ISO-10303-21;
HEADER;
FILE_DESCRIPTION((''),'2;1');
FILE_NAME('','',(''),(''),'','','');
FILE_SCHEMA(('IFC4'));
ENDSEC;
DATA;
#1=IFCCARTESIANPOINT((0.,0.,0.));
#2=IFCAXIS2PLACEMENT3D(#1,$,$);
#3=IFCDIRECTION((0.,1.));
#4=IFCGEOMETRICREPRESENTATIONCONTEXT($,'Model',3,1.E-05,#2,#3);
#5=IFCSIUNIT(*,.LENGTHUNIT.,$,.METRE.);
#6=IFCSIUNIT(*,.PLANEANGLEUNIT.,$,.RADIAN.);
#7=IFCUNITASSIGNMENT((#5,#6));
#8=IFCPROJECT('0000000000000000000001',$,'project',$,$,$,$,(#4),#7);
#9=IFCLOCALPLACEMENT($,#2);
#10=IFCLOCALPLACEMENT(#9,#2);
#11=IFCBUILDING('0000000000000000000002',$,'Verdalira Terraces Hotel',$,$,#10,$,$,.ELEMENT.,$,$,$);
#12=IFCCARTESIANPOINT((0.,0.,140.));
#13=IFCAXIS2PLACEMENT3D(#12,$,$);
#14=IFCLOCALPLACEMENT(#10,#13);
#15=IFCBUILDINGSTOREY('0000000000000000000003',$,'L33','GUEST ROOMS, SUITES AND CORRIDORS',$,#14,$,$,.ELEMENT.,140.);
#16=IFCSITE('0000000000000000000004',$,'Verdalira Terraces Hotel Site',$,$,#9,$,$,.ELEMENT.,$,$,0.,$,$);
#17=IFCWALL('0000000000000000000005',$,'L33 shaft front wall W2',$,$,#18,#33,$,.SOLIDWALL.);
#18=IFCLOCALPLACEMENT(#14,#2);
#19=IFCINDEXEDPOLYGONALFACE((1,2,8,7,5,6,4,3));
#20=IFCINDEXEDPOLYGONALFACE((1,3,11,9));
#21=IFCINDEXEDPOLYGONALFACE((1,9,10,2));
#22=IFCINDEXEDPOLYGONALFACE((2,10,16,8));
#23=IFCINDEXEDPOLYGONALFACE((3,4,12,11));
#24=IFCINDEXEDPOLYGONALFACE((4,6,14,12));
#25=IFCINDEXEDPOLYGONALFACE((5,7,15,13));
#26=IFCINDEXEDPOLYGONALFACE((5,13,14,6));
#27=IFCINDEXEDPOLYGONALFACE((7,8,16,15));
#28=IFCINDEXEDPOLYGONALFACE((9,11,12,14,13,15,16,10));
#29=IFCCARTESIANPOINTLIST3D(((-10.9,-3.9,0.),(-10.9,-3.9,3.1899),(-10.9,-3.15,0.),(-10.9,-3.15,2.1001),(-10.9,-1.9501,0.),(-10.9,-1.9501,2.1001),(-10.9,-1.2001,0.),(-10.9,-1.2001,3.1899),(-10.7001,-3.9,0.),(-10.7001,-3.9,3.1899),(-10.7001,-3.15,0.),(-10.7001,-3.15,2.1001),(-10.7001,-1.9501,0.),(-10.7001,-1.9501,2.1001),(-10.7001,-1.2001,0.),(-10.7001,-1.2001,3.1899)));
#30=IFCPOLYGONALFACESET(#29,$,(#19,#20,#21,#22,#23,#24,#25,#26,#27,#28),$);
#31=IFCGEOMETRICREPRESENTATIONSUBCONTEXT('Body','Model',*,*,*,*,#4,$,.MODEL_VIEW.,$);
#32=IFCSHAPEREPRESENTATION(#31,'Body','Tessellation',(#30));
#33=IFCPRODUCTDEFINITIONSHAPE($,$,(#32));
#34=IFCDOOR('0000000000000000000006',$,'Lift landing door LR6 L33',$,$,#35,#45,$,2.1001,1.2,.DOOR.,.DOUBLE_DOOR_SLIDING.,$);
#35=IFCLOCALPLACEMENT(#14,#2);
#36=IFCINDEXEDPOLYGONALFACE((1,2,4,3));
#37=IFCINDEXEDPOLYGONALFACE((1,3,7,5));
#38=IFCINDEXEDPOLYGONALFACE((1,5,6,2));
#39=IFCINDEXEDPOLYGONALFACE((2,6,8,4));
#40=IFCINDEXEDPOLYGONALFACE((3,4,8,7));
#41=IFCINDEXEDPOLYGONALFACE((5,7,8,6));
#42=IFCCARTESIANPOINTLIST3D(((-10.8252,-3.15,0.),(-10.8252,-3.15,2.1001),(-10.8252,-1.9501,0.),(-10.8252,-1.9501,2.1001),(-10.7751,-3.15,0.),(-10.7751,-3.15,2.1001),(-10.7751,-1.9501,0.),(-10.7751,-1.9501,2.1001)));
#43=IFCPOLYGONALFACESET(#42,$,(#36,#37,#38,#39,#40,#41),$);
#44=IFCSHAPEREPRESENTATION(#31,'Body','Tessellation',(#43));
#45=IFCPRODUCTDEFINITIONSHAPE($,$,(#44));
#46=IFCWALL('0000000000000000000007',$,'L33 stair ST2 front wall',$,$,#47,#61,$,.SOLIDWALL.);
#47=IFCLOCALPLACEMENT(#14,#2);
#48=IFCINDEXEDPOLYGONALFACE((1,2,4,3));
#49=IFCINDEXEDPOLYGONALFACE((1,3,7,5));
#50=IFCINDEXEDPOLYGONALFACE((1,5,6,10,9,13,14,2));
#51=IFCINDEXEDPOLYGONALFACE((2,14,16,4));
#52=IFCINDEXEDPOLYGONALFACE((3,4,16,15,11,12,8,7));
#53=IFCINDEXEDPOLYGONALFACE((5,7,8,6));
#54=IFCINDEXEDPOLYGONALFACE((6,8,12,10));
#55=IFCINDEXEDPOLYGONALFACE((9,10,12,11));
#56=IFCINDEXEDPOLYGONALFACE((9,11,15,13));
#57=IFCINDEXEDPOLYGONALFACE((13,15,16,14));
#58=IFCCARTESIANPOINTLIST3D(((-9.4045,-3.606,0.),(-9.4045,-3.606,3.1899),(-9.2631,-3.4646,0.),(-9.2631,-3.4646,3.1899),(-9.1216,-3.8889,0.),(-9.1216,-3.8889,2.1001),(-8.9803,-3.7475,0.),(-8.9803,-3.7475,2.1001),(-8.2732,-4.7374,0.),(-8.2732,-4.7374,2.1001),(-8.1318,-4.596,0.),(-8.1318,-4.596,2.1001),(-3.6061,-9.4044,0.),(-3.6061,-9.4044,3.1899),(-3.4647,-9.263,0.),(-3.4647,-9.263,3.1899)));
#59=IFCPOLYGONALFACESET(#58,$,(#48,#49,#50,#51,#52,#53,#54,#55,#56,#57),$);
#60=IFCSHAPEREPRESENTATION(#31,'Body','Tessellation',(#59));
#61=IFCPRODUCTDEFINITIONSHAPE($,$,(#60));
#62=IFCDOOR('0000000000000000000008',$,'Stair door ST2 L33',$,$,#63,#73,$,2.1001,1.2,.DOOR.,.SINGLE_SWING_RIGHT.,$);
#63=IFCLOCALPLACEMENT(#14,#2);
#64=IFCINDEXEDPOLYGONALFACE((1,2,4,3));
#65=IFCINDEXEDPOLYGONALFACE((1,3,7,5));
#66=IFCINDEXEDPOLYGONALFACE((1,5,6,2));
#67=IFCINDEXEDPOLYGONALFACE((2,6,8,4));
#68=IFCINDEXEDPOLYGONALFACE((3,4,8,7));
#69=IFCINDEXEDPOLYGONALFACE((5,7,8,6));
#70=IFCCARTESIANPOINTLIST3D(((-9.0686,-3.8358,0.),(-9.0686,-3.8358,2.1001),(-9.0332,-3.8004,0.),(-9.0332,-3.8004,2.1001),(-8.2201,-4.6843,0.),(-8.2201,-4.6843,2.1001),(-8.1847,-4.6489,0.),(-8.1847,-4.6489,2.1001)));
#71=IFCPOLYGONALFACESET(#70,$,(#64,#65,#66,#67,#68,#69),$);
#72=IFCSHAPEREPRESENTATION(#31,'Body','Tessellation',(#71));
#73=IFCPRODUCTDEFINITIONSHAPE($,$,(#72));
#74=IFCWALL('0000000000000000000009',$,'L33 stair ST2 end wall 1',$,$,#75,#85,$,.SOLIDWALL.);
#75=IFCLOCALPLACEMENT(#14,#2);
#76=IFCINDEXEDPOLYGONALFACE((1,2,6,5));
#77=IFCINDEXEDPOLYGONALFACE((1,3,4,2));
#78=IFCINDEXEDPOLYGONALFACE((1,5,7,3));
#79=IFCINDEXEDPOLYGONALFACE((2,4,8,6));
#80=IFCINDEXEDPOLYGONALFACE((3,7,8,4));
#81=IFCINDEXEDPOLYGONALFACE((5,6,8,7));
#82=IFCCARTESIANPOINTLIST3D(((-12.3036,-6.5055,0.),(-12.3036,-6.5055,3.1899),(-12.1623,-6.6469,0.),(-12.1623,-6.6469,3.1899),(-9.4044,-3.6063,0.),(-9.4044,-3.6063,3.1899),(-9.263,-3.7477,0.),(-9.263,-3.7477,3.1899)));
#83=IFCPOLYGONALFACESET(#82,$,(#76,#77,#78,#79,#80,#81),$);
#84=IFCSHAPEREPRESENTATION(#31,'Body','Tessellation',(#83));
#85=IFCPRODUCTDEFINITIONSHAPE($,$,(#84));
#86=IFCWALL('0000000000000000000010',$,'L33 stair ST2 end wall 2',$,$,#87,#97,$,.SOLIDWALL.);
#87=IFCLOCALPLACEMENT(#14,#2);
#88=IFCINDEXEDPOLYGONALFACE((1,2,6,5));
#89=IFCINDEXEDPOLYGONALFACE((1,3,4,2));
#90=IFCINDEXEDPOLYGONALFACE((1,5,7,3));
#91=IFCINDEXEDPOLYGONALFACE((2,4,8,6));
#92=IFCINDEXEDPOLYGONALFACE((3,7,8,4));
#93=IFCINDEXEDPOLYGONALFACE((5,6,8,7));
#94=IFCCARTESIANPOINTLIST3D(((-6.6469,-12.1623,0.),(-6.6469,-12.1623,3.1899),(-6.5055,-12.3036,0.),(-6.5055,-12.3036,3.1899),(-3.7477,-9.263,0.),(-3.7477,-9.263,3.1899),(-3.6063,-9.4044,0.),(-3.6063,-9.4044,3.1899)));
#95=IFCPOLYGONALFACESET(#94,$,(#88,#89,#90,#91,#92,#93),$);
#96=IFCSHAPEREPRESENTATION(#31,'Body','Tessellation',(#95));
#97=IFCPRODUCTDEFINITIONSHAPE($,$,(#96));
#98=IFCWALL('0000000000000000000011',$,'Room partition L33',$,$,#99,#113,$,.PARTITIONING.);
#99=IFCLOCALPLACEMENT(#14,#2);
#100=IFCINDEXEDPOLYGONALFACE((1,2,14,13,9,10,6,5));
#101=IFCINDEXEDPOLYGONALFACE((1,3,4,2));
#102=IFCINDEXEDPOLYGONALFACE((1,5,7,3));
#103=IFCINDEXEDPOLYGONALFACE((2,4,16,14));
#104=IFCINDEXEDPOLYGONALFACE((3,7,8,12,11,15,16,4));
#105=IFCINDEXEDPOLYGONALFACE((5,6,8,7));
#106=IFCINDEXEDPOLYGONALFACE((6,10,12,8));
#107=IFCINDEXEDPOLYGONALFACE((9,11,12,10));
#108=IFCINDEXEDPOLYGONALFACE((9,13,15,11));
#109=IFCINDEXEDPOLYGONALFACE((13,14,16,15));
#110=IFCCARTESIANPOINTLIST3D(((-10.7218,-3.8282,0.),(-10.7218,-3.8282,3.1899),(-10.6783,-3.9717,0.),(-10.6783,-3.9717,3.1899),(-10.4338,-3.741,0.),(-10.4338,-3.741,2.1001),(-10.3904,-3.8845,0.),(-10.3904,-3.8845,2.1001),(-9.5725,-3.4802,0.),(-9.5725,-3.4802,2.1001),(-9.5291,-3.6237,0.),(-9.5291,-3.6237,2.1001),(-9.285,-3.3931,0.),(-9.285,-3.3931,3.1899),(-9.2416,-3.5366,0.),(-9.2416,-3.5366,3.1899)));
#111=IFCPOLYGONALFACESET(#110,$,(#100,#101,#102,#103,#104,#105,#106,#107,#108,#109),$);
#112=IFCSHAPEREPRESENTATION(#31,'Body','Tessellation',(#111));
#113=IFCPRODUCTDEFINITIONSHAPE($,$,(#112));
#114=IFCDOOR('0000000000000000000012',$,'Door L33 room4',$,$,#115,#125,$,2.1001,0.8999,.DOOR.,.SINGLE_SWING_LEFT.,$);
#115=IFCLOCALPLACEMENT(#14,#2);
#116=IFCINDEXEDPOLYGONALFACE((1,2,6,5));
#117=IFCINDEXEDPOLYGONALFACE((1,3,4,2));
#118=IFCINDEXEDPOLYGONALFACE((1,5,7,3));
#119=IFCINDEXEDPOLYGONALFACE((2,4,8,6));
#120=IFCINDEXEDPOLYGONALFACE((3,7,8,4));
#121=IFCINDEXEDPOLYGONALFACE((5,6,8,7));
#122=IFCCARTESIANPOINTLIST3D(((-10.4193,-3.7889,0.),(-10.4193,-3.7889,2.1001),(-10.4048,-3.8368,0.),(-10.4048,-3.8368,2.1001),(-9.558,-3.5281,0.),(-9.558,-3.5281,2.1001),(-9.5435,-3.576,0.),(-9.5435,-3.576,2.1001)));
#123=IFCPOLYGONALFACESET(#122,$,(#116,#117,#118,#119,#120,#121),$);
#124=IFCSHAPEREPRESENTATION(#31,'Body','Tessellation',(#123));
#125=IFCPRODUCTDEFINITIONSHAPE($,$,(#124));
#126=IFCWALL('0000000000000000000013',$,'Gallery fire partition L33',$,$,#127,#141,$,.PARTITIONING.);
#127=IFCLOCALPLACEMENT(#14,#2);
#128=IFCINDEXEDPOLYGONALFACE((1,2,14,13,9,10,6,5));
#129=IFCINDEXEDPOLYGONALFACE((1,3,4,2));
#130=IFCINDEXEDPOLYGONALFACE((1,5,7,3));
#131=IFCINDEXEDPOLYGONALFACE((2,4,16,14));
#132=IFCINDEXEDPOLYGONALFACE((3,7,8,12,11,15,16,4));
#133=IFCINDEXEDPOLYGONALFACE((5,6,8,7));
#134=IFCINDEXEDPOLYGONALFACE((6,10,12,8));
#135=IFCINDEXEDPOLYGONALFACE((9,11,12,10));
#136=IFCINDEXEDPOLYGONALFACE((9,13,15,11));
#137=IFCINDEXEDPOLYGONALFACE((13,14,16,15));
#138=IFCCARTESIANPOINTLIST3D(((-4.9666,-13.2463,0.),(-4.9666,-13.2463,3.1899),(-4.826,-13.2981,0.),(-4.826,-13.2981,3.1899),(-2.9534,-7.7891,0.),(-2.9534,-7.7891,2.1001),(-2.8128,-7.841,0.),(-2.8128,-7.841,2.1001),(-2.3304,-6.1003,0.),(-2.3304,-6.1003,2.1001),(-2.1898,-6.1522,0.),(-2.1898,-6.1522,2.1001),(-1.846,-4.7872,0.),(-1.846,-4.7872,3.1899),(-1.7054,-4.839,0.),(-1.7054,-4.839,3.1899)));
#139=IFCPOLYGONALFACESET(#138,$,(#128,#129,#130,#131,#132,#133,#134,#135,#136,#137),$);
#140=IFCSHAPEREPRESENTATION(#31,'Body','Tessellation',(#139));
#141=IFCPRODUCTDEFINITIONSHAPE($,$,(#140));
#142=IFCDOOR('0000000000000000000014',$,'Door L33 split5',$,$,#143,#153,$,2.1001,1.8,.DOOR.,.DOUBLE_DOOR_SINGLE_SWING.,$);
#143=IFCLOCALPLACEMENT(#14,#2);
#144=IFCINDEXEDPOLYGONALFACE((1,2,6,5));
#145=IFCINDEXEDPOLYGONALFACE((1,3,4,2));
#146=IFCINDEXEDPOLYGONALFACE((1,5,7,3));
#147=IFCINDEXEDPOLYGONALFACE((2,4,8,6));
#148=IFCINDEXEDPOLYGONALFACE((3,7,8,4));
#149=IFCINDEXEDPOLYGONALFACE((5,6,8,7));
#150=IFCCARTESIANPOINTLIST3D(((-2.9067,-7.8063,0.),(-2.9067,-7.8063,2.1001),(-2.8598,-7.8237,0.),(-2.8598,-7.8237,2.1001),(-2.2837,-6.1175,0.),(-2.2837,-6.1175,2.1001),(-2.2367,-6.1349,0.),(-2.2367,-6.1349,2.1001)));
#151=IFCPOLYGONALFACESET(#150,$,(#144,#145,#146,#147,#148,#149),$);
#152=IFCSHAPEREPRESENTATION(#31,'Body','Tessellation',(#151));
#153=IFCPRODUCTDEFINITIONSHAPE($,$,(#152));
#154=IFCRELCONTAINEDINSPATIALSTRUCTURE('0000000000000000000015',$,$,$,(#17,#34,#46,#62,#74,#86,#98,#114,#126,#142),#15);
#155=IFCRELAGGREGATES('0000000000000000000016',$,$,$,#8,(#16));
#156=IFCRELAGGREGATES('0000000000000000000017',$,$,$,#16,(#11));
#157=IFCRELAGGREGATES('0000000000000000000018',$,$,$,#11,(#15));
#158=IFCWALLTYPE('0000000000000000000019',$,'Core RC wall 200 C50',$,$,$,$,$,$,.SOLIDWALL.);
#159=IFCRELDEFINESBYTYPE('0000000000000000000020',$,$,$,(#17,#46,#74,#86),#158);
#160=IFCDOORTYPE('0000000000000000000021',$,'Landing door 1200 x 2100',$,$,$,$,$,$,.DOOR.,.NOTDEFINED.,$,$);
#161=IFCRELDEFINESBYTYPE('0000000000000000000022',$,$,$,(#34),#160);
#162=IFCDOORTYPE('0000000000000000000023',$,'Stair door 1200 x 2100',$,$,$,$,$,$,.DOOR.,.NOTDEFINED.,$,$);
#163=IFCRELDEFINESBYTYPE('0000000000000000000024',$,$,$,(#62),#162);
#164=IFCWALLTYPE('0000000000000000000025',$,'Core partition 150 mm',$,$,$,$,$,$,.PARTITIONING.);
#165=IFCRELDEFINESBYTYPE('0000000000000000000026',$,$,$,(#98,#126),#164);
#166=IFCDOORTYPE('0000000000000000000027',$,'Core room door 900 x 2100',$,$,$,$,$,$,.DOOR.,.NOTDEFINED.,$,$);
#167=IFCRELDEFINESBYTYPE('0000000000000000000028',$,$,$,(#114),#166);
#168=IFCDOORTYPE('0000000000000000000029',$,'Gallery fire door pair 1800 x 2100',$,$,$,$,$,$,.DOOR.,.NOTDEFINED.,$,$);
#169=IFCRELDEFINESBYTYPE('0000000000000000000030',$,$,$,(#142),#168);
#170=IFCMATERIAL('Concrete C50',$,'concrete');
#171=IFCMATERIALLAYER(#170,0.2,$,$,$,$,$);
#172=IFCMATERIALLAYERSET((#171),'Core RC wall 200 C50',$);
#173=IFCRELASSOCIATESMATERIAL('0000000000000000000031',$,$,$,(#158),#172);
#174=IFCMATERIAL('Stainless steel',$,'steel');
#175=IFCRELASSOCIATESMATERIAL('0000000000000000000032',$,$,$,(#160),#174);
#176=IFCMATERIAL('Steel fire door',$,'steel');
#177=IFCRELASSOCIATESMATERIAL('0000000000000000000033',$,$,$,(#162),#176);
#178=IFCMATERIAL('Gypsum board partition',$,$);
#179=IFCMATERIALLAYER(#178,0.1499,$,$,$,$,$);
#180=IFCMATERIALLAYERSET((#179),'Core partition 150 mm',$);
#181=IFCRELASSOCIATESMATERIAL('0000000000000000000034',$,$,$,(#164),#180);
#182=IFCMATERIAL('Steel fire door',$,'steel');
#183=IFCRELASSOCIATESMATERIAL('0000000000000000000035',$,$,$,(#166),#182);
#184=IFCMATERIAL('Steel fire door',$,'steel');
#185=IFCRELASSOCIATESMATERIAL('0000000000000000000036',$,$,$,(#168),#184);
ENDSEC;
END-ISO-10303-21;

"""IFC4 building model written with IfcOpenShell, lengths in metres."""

from ifc_helpers import new_model, si_unit, direction, frame, frame_2d, origin, place, context, subcontext, project, spatial, rectangle, extrude, material, layer, layer_set, type_object, element, fill, save


model = new_model("IFC4")

# Units and contexts
model_context = context("Model", 3, precision=1e-05, world=origin(), true_north=direction((0.0, 1.0)))
body_context = subcontext(model_context, "Body", "Model", "MODEL_VIEW")
ifc_project = project(units=[si_unit("LENGTHUNIT", "METRE"), si_unit("PLANEANGLEUNIT", "RADIAN")], contexts=[model_context])

# Site, building, storey
site_placement = place(None, origin())
site = spatial("IfcSite", under=ifc_project, at=site_placement, Name="Verdalira Terraces Hotel Site", CompositionType="ELEMENT", RefElevation=0.0)
building_placement = place(site_placement, origin())
building = spatial("IfcBuilding", under=site, at=building_placement, Name="Verdalira Terraces Hotel", CompositionType="ELEMENT")
storey_placement = place(building_placement, frame((0.0, 0.0, 140.0)))
storey = spatial("IfcBuildingStorey", under=building, at=storey_placement, Name="L33", Description="GUEST ROOMS, SUITES AND CORRIDORS", CompositionType="ELEMENT", Elevation=140.0)

# Walls, openings, doors
ifc_material_1 = material(Name="Concrete C50", Category="concrete")
ifc_layer_1 = layer(ifc_material_1, 0.2)
ifc_layer_set_1 = layer_set([ifc_layer_1], Name="Core RC wall 200 C50")
wall_type_1 = type_object("IfcWallType", Name="Core RC wall 200 C50", PredefinedType="SOLIDWALL", material=ifc_layer_set_1)
wall_1_placement = place(storey_placement, frame((-10.8, -1.2, 0.0), z_axis=(0.0, 0.0, 1.0), x_axis=(0.0, -1.0, 0.0)))
wall_1 = element("IfcWall", 1, at=wall_1_placement, inside=storey, type_object=wall_type_1, Name="L33 shaft front wall W2", PredefinedType="SOLIDWALL", context=body_context, shape_type="SweptSolid", body=[
    extrude(rectangle(XDim=2.7, YDim=0.2, at=frame_2d((1.3501, 0.0))), origin(), (0.0, 0.0, 1.0), 3.1899),
])
opening_1_placement = place(wall_1_placement, frame((0.75, 0.0, 0.0)))
opening_1 = element("IfcOpeningElement", 2, at=opening_1_placement, cuts=wall_1, PredefinedType="OPENING", context=body_context, shape_type="SweptSolid", body=[
    extrude(rectangle(XDim=1.2, YDim=2.1001, at=frame_2d((0.6001, 1.05))), frame((0.0, 0.1099, 0.0), z_axis=(0.0, -1.0, 0.0), x_axis=(1.0, 0.0, 0.0)), (0.0, 0.0, 1.0), 0.22),
])
ifc_material_2 = material(Name="Stainless steel", Category="steel")
door_type_1 = type_object("IfcDoorType", Name="Landing door 1200 x 2100", OperationType="NOTDEFINED", PredefinedType="DOOR", material=ifc_material_2)
door_1_placement = place(opening_1_placement, origin())
door_1 = element("IfcDoor", 3, at=door_1_placement, inside=storey, type_object=door_type_1, Name="Lift landing door LR6 L33", OperationType="DOUBLE_DOOR_SLIDING", OverallHeight=2.1001, OverallWidth=1.2, PredefinedType="DOOR", context=body_context, shape_type="SweptSolid", body=[
    extrude(rectangle(XDim=1.2, YDim=2.1001, at=frame_2d((0.6001, 1.05))), frame((0.0, 0.0249, 0.0), z_axis=(0.0, -1.0, 0.0), x_axis=(1.0, 0.0, 0.0)), (0.0, 0.0, 1.0), 0.05),
])
fill(opening_1, door_1)
wall_2_placement = place(storey_placement, frame((-3.5354, -9.3337, 0.0), z_axis=(0.0, 0.0, 1.0), x_axis=(-0.707107, 0.707107, 0.0)))
wall_2 = element("IfcWall", 4, at=wall_2_placement, inside=storey, type_object=wall_type_1, Name="L33 stair ST2 front wall", PredefinedType="SOLIDWALL", context=body_context, shape_type="SweptSolid", body=[
    extrude(rectangle(XDim=8.2002, YDim=0.2, at=frame_2d((4.1001, 0.0))), origin(), (0.0, 0.0, 1.0), 3.1899),
])
opening_2_placement = place(wall_2_placement, frame((6.6001, 0.0, 0.0)))
opening_2 = element("IfcOpeningElement", 5, at=opening_2_placement, cuts=wall_2, PredefinedType="OPENING", context=body_context, shape_type="SweptSolid", body=[
    extrude(rectangle(XDim=1.2, YDim=2.1001, at=frame_2d((0.6001, 1.05))), frame((0.0, 0.1099, 0.0), z_axis=(0.0, -1.0, 0.0), x_axis=(1.0, 0.0, 0.0)), (0.0, 0.0, 1.0), 0.22),
])
ifc_material_3 = material(Name="Steel fire door", Category="steel")
door_type_2 = type_object("IfcDoorType", Name="Stair door 1200 x 2100", OperationType="NOTDEFINED", PredefinedType="DOOR", material=ifc_material_3)
door_2_placement = place(opening_2_placement, origin())
door_2 = element("IfcDoor", 6, at=door_2_placement, inside=storey, type_object=door_type_2, Name="Stair door ST2 L33", OperationType="SINGLE_SWING_RIGHT", OverallHeight=2.1001, OverallWidth=1.2, PredefinedType="DOOR", context=body_context, shape_type="SweptSolid", body=[
    extrude(rectangle(XDim=1.2, YDim=2.1001, at=frame_2d((0.6001, 1.05))), frame((0.0, 0.0249, 0.0), z_axis=(0.0, -1.0, 0.0), x_axis=(1.0, 0.0, 0.0)), (0.0, 0.0, 1.0), 0.05),
])
fill(opening_2, door_2)

# Walls
for number, where, z_axis, x_axis, name in (
    (7, (-9.3337, -3.677, 0.0), (0.0, 0.0, 1.0), (-0.707107, -0.707107, 0.0), "L33 stair ST2 end wall 1"),
    (8, (-3.677, -9.3337, 0.0), (0.0, 0.0, 1.0), (-0.707107, -0.707107, 0.0), "L33 stair ST2 end wall 2"),
):
    element("IfcWall", number, at=place(storey_placement, frame(where, z_axis=z_axis, x_axis=x_axis)), inside=storey, type_object=wall_type_1, Name=name, PredefinedType="SOLIDWALL", context=body_context, shape_type="SweptSolid", body=[
        extrude(rectangle(XDim=4.1001, YDim=0.2, at=frame_2d((2.05, 0.0))), origin(), (0.0, 0.0, 1.0), 3.1899),
    ])

# Walls, openings, doors
ifc_material_4 = material(Name="Gypsum board partition")
ifc_layer_2 = layer(ifc_material_4, 0.1499)
ifc_layer_set_2 = layer_set([ifc_layer_2], Name="Core partition 150 mm")
wall_type_2 = type_object("IfcWallType", Name="Core partition 150 mm", PredefinedType="PARTITIONING", material=ifc_layer_set_2)
wall_3_placement = place(storey_placement, frame((-10.7, -3.8999, 0.0), z_axis=(0.0, 0.0, 1.0), x_axis=(0.957085, 0.289809, 0.0)))
wall_3 = element("IfcWall", 9, at=wall_3_placement, inside=storey, type_object=wall_type_2, Name="Room partition L33", PredefinedType="PARTITIONING", context=body_context, shape_type="SweptSolid", body=[
    extrude(rectangle(XDim=1.5012, YDim=0.1499, at=frame_2d((0.7505, 0.0))), origin(), (0.0, 0.0, 1.0), 3.1899),
])
opening_3_placement = place(wall_3_placement, frame((0.3008, 0.0, 0.0)))
opening_3 = element("IfcOpeningElement", 10, at=opening_3_placement, cuts=wall_3, PredefinedType="OPENING", context=body_context, shape_type="SweptSolid", body=[
    extrude(rectangle(XDim=0.8999, YDim=2.1001, at=frame_2d((0.45, 1.05))), frame((0.0, 0.085, 0.0), z_axis=(0.0, -1.0, 0.0), x_axis=(1.0, 0.0, 0.0)), (0.0, 0.0, 1.0), 0.1699),
])
ifc_material_5 = material(Name="Steel fire door", Category="steel")
door_type_3 = type_object("IfcDoorType", Name="Core room door 900 x 2100", OperationType="NOTDEFINED", PredefinedType="DOOR", material=ifc_material_5)
door_3_placement = place(opening_3_placement, origin())
door_3 = element("IfcDoor", 11, at=door_3_placement, inside=storey, type_object=door_type_3, Name="Door L33 room4", OperationType="SINGLE_SWING_LEFT", OverallHeight=2.1001, OverallWidth=0.8999, PredefinedType="DOOR", context=body_context, shape_type="SweptSolid", body=[
    extrude(rectangle(XDim=0.8999, YDim=2.1001, at=frame_2d((0.45, 1.05))), frame((0.0, 0.0249, 0.0), z_axis=(0.0, -1.0, 0.0), x_axis=(1.0, 0.0, 0.0)), (0.0, 0.0, 1.0), 0.05),
])
fill(opening_3, door_3)
wall_4_placement = place(storey_placement, frame((-1.7756, -4.813, 0.0), z_axis=(0.0, 0.0, 1.0), x_axis=(-0.346109, -0.938194, 0.0)))
wall_4 = element("IfcWall", 12, at=wall_4_placement, inside=storey, type_object=wall_type_2, Name="Gallery fire partition L33", PredefinedType="PARTITIONING", context=body_context, shape_type="SweptSolid", body=[
    extrude(rectangle(XDim=9.0164, YDim=0.1499, at=frame_2d((4.5083, 0.0))), origin(), (0.0, 0.0, 1.0), 3.1899),
])
opening_4_placement = place(wall_4_placement, frame((1.3999, 0.0, 0.0)))
opening_4 = element("IfcOpeningElement", 13, at=opening_4_placement, cuts=wall_4, PredefinedType="OPENING", context=body_context, shape_type="SweptSolid", body=[
    extrude(rectangle(XDim=1.8, YDim=2.1001, at=frame_2d((0.8999, 1.05))), frame((0.0, 0.085, 0.0), z_axis=(0.0, -1.0, 0.0), x_axis=(1.0, 0.0, 0.0)), (0.0, 0.0, 1.0), 0.1699),
])
ifc_material_6 = material(Name="Steel fire door", Category="steel")
door_type_4 = type_object("IfcDoorType", Name="Gallery fire door pair 1800 x 2100", OperationType="NOTDEFINED", PredefinedType="DOOR", material=ifc_material_6)
door_4_placement = place(opening_4_placement, origin())
door_4 = element("IfcDoor", 14, at=door_4_placement, inside=storey, type_object=door_type_4, Name="Door L33 split5", OperationType="DOUBLE_DOOR_SINGLE_SWING", OverallHeight=2.1001, OverallWidth=1.8, PredefinedType="DOOR", context=body_context, shape_type="SweptSolid", body=[
    extrude(rectangle(XDim=1.8, YDim=2.1001, at=frame_2d((0.8999, 1.05))), frame((0.0, 0.0249, 0.0), z_axis=(0.0, -1.0, 0.0), x_axis=(1.0, 0.0, 0.0)), (0.0, 0.0, 1.0), 0.05),
])
fill(opening_4, door_4)

save(model, "model.ifc")
